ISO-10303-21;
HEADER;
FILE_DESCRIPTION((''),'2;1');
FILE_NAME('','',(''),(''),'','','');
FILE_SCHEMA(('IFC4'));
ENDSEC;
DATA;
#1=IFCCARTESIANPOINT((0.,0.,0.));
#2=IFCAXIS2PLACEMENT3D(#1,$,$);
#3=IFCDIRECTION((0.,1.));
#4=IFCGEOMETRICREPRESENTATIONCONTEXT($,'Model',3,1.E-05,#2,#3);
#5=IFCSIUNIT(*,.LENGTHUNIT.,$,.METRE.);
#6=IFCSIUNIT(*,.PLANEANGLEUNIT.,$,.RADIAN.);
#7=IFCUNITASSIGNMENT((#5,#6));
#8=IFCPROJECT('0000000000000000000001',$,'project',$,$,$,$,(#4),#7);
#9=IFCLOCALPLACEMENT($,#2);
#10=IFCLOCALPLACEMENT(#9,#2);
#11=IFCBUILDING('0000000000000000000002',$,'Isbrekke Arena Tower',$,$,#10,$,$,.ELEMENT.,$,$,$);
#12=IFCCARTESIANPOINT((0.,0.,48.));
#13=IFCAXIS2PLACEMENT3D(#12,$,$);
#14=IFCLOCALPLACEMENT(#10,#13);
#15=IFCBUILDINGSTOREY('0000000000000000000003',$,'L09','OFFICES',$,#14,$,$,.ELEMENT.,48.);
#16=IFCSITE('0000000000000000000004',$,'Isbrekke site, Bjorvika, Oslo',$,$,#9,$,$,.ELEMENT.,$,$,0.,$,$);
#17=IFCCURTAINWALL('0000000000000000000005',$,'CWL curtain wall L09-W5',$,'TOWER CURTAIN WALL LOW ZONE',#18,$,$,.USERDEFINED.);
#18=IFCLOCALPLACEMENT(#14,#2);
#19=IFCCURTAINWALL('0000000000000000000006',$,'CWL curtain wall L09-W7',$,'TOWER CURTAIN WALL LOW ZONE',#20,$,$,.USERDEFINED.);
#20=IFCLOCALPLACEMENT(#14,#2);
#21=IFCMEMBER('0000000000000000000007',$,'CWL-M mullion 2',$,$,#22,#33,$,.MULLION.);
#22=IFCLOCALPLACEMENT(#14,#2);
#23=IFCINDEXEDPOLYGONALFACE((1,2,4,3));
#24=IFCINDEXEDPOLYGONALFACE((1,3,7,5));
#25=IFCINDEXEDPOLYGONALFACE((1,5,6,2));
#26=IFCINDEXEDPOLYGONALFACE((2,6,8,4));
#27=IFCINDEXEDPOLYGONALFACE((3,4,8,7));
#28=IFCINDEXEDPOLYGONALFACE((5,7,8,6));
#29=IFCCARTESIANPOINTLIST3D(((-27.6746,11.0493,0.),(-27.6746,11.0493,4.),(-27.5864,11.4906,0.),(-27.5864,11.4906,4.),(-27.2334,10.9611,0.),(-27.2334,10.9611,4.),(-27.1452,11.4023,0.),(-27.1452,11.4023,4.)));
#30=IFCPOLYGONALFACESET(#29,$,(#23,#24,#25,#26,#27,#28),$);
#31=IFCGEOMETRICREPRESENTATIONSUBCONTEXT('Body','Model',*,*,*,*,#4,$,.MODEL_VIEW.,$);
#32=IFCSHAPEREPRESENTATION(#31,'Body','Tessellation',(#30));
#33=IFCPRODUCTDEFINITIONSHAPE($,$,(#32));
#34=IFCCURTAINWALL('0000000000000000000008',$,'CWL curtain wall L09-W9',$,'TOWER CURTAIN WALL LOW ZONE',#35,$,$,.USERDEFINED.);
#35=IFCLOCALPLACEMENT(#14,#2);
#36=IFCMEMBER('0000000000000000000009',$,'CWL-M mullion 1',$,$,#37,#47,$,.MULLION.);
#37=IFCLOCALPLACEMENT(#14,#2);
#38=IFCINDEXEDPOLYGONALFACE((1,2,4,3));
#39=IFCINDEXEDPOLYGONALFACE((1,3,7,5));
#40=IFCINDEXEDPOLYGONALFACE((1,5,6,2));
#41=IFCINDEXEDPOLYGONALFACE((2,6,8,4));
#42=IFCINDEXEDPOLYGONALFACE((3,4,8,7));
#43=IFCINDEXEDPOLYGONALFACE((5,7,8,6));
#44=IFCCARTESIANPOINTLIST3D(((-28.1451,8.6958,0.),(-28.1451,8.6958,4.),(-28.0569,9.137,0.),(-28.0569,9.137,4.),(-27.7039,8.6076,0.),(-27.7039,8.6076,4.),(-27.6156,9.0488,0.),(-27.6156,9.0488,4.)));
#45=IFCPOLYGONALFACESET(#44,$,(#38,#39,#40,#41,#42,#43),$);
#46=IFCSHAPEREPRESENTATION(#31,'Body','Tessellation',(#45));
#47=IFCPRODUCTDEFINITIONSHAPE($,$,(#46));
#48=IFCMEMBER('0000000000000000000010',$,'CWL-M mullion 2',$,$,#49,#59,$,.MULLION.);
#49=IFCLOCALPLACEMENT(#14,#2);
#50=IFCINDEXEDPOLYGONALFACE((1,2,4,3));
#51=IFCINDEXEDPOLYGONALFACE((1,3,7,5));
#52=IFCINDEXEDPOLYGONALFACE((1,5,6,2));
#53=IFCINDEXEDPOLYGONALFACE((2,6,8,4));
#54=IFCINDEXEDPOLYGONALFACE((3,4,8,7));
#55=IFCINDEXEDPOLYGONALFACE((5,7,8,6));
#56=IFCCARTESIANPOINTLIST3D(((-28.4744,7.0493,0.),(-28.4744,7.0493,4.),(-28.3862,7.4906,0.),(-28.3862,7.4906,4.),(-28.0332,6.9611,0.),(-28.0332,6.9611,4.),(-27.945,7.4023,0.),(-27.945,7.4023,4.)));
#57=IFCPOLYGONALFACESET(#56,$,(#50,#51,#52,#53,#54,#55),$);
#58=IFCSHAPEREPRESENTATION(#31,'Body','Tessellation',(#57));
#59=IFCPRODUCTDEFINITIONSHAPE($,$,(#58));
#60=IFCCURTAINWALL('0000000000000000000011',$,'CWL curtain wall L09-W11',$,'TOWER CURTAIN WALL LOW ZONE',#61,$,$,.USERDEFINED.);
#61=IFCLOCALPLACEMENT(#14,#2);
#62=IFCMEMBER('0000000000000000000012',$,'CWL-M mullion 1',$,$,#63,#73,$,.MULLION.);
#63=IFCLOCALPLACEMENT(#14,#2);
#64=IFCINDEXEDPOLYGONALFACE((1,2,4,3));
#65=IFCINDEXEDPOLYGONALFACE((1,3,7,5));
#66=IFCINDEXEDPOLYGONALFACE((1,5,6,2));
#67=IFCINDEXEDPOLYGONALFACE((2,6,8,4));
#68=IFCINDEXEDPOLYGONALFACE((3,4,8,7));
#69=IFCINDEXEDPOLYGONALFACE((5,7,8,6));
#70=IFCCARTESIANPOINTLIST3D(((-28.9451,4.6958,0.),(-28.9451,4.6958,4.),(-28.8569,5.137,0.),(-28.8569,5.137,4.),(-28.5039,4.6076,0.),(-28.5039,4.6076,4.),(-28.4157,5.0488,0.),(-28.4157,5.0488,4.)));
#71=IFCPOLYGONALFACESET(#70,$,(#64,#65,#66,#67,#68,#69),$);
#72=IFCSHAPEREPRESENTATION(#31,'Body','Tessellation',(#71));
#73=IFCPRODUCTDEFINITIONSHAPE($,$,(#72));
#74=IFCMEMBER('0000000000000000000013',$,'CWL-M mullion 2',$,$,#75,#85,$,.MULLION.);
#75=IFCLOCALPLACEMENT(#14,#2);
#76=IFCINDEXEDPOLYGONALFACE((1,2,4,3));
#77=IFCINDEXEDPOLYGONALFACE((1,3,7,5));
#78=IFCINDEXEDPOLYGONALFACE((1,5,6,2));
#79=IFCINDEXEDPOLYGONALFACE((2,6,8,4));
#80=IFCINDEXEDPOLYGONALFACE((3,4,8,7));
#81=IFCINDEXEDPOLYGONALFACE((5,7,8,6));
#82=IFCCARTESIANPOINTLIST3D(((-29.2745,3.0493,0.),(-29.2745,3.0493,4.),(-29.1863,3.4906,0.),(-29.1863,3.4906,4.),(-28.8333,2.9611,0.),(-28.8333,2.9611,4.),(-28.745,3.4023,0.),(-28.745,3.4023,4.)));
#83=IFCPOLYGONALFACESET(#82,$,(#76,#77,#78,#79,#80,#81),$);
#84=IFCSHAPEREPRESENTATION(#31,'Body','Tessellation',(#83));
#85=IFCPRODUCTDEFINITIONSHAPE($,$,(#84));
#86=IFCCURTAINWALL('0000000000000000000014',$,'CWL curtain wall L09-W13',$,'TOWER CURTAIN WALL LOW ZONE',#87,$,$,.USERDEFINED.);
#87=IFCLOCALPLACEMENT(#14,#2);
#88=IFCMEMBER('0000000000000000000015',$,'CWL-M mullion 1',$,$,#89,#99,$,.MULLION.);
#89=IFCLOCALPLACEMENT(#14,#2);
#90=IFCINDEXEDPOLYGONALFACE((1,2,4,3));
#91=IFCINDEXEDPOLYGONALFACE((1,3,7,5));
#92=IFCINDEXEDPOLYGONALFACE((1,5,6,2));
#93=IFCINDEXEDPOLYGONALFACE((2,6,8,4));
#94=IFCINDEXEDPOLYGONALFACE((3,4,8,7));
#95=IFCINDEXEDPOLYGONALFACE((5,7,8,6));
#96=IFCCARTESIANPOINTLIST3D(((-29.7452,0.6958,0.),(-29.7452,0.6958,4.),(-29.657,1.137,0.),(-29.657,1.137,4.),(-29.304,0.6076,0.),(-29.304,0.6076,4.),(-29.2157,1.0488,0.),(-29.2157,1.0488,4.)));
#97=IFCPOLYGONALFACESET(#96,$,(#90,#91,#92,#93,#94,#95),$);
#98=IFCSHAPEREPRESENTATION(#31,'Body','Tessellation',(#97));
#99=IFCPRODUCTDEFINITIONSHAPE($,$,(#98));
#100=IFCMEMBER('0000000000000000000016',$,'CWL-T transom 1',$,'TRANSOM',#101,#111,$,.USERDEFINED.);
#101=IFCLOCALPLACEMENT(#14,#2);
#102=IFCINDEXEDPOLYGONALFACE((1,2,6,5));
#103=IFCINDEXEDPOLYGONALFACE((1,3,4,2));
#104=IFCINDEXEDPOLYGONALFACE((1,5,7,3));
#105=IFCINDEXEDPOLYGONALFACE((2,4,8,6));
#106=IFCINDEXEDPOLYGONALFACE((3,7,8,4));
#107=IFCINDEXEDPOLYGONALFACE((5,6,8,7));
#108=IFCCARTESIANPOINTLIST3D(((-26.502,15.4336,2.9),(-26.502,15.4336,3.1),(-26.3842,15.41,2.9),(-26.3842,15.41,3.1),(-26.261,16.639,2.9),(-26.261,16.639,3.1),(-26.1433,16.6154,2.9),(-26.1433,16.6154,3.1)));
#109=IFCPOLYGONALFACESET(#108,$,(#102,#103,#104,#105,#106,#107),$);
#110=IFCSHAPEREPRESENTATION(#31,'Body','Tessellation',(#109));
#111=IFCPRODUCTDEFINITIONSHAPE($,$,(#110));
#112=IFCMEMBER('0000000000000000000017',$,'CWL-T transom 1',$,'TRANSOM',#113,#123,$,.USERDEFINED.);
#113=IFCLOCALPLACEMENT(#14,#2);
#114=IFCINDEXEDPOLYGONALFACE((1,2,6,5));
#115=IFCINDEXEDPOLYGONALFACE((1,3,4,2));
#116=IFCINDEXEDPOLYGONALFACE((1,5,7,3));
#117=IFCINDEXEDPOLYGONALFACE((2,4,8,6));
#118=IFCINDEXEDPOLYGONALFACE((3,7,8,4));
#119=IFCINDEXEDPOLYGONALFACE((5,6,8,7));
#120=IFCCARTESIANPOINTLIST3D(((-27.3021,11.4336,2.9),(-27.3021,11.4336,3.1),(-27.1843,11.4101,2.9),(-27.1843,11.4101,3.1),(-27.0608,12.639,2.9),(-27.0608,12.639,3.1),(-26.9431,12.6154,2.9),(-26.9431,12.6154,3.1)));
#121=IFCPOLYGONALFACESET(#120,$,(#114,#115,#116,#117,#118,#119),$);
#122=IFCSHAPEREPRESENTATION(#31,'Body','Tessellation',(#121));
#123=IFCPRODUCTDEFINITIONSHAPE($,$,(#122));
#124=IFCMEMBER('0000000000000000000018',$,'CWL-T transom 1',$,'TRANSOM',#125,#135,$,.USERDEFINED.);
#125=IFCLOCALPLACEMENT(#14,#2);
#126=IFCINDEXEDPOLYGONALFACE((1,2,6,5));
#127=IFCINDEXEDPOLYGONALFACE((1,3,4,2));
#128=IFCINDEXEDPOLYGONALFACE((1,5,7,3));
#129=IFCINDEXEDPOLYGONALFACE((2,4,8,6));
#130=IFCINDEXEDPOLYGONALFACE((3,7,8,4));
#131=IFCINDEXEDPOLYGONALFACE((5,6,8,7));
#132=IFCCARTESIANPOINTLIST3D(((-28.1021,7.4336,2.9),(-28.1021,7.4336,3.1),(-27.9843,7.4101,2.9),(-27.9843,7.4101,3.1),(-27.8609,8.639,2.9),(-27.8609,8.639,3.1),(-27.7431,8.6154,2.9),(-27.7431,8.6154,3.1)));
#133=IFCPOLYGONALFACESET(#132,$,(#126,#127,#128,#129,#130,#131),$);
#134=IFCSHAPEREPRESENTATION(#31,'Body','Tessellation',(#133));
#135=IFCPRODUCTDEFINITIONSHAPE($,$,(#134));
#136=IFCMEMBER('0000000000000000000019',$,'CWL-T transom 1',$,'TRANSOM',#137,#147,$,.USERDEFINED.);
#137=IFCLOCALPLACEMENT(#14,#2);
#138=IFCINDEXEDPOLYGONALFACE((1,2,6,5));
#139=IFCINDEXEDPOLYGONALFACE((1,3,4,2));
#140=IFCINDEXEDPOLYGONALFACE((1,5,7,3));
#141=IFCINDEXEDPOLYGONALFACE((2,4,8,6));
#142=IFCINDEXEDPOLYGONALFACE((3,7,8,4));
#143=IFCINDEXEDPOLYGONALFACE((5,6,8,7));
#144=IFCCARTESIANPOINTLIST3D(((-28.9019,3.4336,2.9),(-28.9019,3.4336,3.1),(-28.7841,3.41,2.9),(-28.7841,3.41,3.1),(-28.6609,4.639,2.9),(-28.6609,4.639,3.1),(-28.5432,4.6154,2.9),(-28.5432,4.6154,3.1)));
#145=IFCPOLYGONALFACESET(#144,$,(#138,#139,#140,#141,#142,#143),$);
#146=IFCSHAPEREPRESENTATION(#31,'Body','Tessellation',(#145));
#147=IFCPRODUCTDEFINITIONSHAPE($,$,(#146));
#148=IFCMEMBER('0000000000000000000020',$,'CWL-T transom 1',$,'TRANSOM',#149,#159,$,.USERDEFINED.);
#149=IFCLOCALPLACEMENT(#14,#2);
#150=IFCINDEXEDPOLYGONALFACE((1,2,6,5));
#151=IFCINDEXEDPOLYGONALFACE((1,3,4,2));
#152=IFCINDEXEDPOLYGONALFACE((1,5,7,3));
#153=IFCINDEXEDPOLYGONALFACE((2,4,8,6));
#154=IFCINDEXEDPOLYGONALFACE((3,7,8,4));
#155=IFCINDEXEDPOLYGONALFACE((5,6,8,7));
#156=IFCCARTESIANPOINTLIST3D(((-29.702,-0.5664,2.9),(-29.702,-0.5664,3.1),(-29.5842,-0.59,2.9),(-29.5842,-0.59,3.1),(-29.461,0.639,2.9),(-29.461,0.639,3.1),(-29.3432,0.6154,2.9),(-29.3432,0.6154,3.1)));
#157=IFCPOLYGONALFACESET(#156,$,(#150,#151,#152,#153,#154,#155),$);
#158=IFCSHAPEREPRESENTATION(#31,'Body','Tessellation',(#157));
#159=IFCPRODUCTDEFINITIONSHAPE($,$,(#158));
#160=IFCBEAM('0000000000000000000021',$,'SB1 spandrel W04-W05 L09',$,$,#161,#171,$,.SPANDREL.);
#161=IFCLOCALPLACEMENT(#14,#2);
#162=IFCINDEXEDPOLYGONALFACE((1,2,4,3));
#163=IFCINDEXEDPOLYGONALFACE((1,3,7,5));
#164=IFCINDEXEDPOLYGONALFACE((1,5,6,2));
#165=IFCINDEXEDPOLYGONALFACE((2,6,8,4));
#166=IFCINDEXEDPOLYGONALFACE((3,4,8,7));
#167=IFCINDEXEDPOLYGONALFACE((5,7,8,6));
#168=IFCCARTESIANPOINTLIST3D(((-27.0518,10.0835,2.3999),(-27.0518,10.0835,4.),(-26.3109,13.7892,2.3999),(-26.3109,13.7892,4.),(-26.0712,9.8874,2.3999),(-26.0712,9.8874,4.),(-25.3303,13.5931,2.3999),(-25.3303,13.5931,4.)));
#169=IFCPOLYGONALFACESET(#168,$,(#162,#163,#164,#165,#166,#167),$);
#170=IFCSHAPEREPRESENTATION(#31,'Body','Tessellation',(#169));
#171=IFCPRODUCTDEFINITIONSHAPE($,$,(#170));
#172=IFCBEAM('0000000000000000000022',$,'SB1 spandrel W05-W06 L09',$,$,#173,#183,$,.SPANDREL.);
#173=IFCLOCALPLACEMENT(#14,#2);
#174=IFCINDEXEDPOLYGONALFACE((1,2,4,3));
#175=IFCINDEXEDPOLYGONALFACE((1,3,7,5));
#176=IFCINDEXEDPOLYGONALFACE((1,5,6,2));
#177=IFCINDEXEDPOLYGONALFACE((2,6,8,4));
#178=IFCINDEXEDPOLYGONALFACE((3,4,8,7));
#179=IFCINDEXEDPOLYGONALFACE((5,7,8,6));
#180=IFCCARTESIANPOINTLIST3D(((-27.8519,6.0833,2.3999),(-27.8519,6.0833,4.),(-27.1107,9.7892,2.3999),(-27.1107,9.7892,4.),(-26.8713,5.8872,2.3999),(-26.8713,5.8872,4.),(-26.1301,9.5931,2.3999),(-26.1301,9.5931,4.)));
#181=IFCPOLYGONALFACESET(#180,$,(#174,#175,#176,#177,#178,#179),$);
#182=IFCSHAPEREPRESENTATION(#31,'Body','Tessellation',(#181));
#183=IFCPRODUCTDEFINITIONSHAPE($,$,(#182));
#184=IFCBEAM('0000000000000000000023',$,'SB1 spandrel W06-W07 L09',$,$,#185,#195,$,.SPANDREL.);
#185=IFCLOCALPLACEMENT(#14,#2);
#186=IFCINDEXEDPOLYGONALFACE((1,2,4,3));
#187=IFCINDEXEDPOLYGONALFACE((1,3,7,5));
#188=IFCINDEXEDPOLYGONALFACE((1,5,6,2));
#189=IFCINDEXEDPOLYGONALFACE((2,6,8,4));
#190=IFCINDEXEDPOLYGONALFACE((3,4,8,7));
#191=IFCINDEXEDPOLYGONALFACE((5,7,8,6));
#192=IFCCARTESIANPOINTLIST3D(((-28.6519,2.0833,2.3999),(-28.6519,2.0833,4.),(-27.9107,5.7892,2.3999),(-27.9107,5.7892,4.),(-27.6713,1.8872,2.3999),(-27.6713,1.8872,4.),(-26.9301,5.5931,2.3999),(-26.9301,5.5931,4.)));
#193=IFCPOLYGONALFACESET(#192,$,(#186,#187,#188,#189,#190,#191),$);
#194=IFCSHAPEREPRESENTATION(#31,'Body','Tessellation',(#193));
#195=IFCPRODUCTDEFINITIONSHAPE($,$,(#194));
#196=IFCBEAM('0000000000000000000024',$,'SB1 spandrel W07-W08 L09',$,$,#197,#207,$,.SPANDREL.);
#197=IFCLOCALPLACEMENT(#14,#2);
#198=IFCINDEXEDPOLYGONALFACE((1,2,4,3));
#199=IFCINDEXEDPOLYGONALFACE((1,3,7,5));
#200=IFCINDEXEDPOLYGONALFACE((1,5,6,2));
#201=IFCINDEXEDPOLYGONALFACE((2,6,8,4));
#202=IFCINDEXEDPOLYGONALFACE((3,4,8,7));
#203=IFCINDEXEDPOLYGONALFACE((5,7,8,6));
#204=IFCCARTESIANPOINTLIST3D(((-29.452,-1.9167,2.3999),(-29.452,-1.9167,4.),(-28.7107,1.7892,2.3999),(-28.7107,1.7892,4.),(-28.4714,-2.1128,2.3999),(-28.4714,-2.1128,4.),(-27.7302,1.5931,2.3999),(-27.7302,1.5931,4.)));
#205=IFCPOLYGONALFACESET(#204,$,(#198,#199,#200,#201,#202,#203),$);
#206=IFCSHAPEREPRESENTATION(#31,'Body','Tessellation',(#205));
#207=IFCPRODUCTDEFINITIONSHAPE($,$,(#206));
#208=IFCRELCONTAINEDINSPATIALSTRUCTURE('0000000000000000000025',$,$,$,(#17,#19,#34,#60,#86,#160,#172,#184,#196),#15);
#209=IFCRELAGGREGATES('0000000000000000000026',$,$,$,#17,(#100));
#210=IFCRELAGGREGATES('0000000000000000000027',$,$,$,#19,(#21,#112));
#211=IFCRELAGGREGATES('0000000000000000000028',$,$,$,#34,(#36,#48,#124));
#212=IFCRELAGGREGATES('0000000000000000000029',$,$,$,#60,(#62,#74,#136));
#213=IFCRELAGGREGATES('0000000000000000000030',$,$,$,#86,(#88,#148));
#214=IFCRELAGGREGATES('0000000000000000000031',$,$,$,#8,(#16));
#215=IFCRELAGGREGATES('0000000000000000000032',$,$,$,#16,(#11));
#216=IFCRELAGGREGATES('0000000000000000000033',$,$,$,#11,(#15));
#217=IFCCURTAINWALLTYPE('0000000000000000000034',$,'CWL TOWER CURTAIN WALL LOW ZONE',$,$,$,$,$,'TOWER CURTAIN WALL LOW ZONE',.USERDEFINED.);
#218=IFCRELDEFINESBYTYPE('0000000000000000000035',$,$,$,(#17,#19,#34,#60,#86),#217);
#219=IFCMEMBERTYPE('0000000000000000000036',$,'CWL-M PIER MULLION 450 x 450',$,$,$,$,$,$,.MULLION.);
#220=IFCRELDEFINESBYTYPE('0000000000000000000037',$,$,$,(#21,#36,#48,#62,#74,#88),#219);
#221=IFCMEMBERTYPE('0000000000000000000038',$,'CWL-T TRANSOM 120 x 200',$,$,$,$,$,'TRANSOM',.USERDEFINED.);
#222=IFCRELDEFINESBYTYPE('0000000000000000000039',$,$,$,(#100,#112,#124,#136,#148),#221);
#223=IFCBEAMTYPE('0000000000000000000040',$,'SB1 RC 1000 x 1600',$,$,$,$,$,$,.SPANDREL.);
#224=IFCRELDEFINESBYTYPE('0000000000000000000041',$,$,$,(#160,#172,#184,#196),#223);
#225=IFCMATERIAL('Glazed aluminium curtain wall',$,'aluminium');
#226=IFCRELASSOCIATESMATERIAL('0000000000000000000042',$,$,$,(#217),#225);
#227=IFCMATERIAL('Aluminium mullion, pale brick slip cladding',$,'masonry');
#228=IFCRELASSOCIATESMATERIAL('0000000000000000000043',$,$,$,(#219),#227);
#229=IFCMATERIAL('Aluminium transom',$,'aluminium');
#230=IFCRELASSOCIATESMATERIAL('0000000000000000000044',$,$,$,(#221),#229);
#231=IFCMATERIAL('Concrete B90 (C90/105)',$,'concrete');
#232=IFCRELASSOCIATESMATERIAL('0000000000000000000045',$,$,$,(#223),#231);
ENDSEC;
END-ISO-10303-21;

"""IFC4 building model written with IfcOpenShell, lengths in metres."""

from ifc_helpers import new_model, si_unit, direction, frame, origin, origin_2d, place, context, subcontext, project, spatial, rectangle, extrude, material, material_profile, profile_set, type_object, element, aggregate, save


model = new_model("IFC4")

# Units and contexts
model_context = context("Model", 3, precision=1e-05, world=origin(), true_north=direction((0.0, 1.0)))
body_context = subcontext(model_context, "Body", "Model", "MODEL_VIEW")
ifc_project = project(units=[si_unit("LENGTHUNIT", "METRE"), si_unit("PLANEANGLEUNIT", "RADIAN")], contexts=[model_context])

# Site, building, storey
site_placement = place(None, origin())
site = spatial("IfcSite", under=ifc_project, at=site_placement, Name="Isbrekke site, Bjorvika, Oslo", CompositionType="ELEMENT", RefElevation=0.0)
building_placement = place(site_placement, origin())
building = spatial("IfcBuilding", under=site, at=building_placement, Name="Isbrekke Arena Tower", CompositionType="ELEMENT")
storey_placement = place(building_placement, frame((0.0, 0.0, 48.0)))
storey = spatial("IfcBuildingStorey", under=building, at=storey_placement, Name="L09", Description="OFFICES", CompositionType="ELEMENT", Elevation=48.0)

# Curtain walls, members
ifc_material_1 = material(Name="Glazed aluminium curtain wall", Category="aluminium")
curtain_wall_type = type_object("IfcCurtainWallType", Name="CWL TOWER CURTAIN WALL LOW ZONE", ElementType="TOWER CURTAIN WALL LOW ZONE", PredefinedType="USERDEFINED", material=ifc_material_1)
curtain_wall_1_placement = place(storey_placement, origin())
curtain_wall_1 = element("IfcCurtainWall", 1, at=curtain_wall_1_placement, inside=storey, type_object=curtain_wall_type, Name="CWL curtain wall L09-W5", ObjectType="TOWER CURTAIN WALL LOW ZONE", PredefinedType="USERDEFINED")
ifc_material_2 = material(Name="Aluminium mullion, pale brick slip cladding", Category="masonry")
ifc_material_profile_1 = material_profile(ifc_material_2, rectangle(XDim=0.45, YDim=0.45, at=origin_2d()), Name="PIER 450X450")
ifc_profile_set_1 = profile_set([ifc_material_profile_1], Name="Aluminium mullion, pale brick slip cladding")
member_type_1 = type_object("IfcMemberType", Name="CWL-M PIER MULLION 450 x 450", PredefinedType="MULLION", material=ifc_profile_set_1)
curtain_wall_2_placement = place(storey_placement, origin())
curtain_wall_2 = element("IfcCurtainWall", 2, at=curtain_wall_2_placement, inside=storey, type_object=curtain_wall_type, Name="CWL curtain wall L09-W7", ObjectType="TOWER CURTAIN WALL LOW ZONE", PredefinedType="USERDEFINED")
member_1_placement = place(storey_placement, frame((-27.4099, 11.2258, 0.0), z_axis=(0.0, 0.0, 1.0), x_axis=(-0.196116, -0.980581, 0.0)))
member_1 = element("IfcMember", 3, at=member_1_placement, type_object=member_type_1, Name="CWL-M mullion 2", PredefinedType="MULLION", context=body_context, shape_type="SweptSolid", body=[
    extrude(rectangle(XDim=0.45, YDim=0.45, at=origin_2d()), origin(), (0.0, 0.0, 1.0), 4.0),
])
curtain_wall_3_placement = place(storey_placement, origin())
curtain_wall_3 = element("IfcCurtainWall", 4, at=curtain_wall_3_placement, inside=storey, type_object=curtain_wall_type, Name="CWL curtain wall L09-W9", ObjectType="TOWER CURTAIN WALL LOW ZONE", PredefinedType="USERDEFINED")
member_2_placement = place(storey_placement, frame((-27.8804, 8.8723, 0.0), z_axis=(0.0, 0.0, 1.0), x_axis=(-0.196116, -0.980581, 0.0)))
member_2 = element("IfcMember", 5, at=member_2_placement, type_object=member_type_1, Name="CWL-M mullion 1", PredefinedType="MULLION", context=body_context, shape_type="SweptSolid", body=[
    extrude(rectangle(XDim=0.45, YDim=0.45, at=origin_2d()), origin(), (0.0, 0.0, 1.0), 4.0),
])
member_3_placement = place(storey_placement, frame((-28.2097, 7.2258, 0.0), z_axis=(0.0, 0.0, 1.0), x_axis=(-0.196116, -0.980581, 0.0)))
member_3 = element("IfcMember", 6, at=member_3_placement, type_object=member_type_1, Name="CWL-M mullion 2", PredefinedType="MULLION", context=body_context, shape_type="SweptSolid", body=[
    extrude(rectangle(XDim=0.45, YDim=0.45, at=origin_2d()), origin(), (0.0, 0.0, 1.0), 4.0),
])
curtain_wall_4_placement = place(storey_placement, origin())
curtain_wall_4 = element("IfcCurtainWall", 7, at=curtain_wall_4_placement, inside=storey, type_object=curtain_wall_type, Name="CWL curtain wall L09-W11", ObjectType="TOWER CURTAIN WALL LOW ZONE", PredefinedType="USERDEFINED")
member_4_placement = place(storey_placement, frame((-28.6804, 4.8723, 0.0), z_axis=(0.0, 0.0, 1.0), x_axis=(-0.196116, -0.980581, 0.0)))
member_4 = element("IfcMember", 8, at=member_4_placement, type_object=member_type_1, Name="CWL-M mullion 1", PredefinedType="MULLION", context=body_context, shape_type="SweptSolid", body=[
    extrude(rectangle(XDim=0.45, YDim=0.45, at=origin_2d()), origin(), (0.0, 0.0, 1.0), 4.0),
])
member_5_placement = place(storey_placement, frame((-29.0098, 3.2258, 0.0), z_axis=(0.0, 0.0, 1.0), x_axis=(-0.196116, -0.980581, 0.0)))
member_5 = element("IfcMember", 9, at=member_5_placement, type_object=member_type_1, Name="CWL-M mullion 2", PredefinedType="MULLION", context=body_context, shape_type="SweptSolid", body=[
    extrude(rectangle(XDim=0.45, YDim=0.45, at=origin_2d()), origin(), (0.0, 0.0, 1.0), 4.0),
])

# Curtain wall, member
curtain_wall_5_placement = place(storey_placement, origin())
curtain_wall_5 = element("IfcCurtainWall", 10, at=curtain_wall_5_placement, inside=storey, type_object=curtain_wall_type, Name="CWL curtain wall L09-W13", ObjectType="TOWER CURTAIN WALL LOW ZONE", PredefinedType="USERDEFINED")
member_6_placement = place(storey_placement, frame((-29.4805, 0.8723, 0.0), z_axis=(0.0, 0.0, 1.0), x_axis=(-0.196116, -0.980581, 0.0)))
member_6 = element("IfcMember", 11, at=member_6_placement, type_object=member_type_1, Name="CWL-M mullion 1", PredefinedType="MULLION", context=body_context, shape_type="SweptSolid", body=[
    extrude(rectangle(XDim=0.45, YDim=0.45, at=origin_2d()), origin(), (0.0, 0.0, 1.0), 4.0),
])

# Members
ifc_material_3 = material(Name="Aluminium transom", Category="aluminium")
ifc_material_profile_2 = material_profile(ifc_material_3, rectangle(XDim=0.1201, YDim=0.2, at=origin_2d()), Name="TRANSOM 120X200")
ifc_profile_set_2 = profile_set([ifc_material_profile_2], Name="Aluminium transom")
member_type_2 = type_object("IfcMemberType", Name="CWL-T TRANSOM 120 x 200", ElementType="TRANSOM", PredefinedType="USERDEFINED", material=ifc_profile_set_2)
member_7_placement = place(storey_placement, frame((-26.2021, 16.6272, 3.0), z_axis=(-0.19604, -0.980596, 0.0), x_axis=(0.980596, -0.19604, 0.0)))
member_7 = element("IfcMember", 12, at=member_7_placement, type_object=member_type_2, Name="CWL-T transom 1", ObjectType="TRANSOM", PredefinedType="USERDEFINED", context=body_context, shape_type="SweptSolid", body=[
    extrude(rectangle(XDim=0.1201, YDim=0.2, at=origin_2d()), origin(), (0.0, 0.0, 1.0), 1.2292),
])
member_8_placement = place(storey_placement, frame((-27.002, 12.6272, 3.0), z_axis=(-0.196231, -0.980558, 0.0), x_axis=(0.980558, -0.196231, 0.0)))
member_8 = element("IfcMember", 13, at=member_8_placement, type_object=member_type_2, Name="CWL-T transom 1", ObjectType="TRANSOM", PredefinedType="USERDEFINED", context=body_context, shape_type="SweptSolid", body=[
    extrude(rectangle(XDim=0.1201, YDim=0.2, at=origin_2d()), origin(), (0.0, 0.0, 1.0), 1.2292),
])
member_9_placement = place(storey_placement, frame((-27.802, 8.6272, 3.0), z_axis=(-0.196231, -0.980558, 0.0), x_axis=(0.980558, -0.196231, 0.0)))
member_9 = element("IfcMember", 14, at=member_9_placement, type_object=member_type_2, Name="CWL-T transom 1", ObjectType="TRANSOM", PredefinedType="USERDEFINED", context=body_context, shape_type="SweptSolid", body=[
    extrude(rectangle(XDim=0.1201, YDim=0.2, at=origin_2d()), origin(), (0.0, 0.0, 1.0), 1.2292),
])
member_10_placement = place(storey_placement, frame((-28.6021, 4.6272, 3.0), z_axis=(-0.19604, -0.980596, 0.0), x_axis=(0.980596, -0.19604, 0.0)))
member_10 = element("IfcMember", 15, at=member_10_placement, type_object=member_type_2, Name="CWL-T transom 1", ObjectType="TRANSOM", PredefinedType="USERDEFINED", context=body_context, shape_type="SweptSolid", body=[
    extrude(rectangle(XDim=0.1201, YDim=0.2, at=origin_2d()), origin(), (0.0, 0.0, 1.0), 1.2292),
])
member_11_placement = place(storey_placement, frame((-29.4021, 0.6272, 3.0), z_axis=(-0.19604, -0.980596, 0.0), x_axis=(0.980596, -0.19604, 0.0)))
member_11 = element("IfcMember", 16, at=member_11_placement, type_object=member_type_2, Name="CWL-T transom 1", ObjectType="TRANSOM", PredefinedType="USERDEFINED", context=body_context, shape_type="SweptSolid", body=[
    extrude(rectangle(XDim=0.1201, YDim=0.2, at=origin_2d()), origin(), (0.0, 0.0, 1.0), 1.2292),
])

# Beams
ifc_material_4 = material(Name="Concrete B90 (C90/105)", Category="concrete")
ifc_material_profile_3 = material_profile(ifc_material_4, rectangle(XDim=1.0, YDim=1.6001, at=origin_2d()), Name="RC 1000x1600")
ifc_profile_set_3 = profile_set([ifc_material_profile_3], Name="Concrete B90 (C90/105)")
beam_type_1 = type_object("IfcBeamType", Name="SB1 RC 1000 x 1600", PredefinedType="SPANDREL", material=ifc_profile_set_3)
beam_1_placement = place(storey_placement, frame((-25.8206, 13.6912, 3.2), z_axis=(-0.196066, -0.980591, 0.0), x_axis=(0.980591, -0.196066, 0.0)))
element("IfcBeam", 17, at=beam_1_placement, inside=storey, type_object=beam_type_1, Name="SB1 spandrel W04-W05 L09", PredefinedType="SPANDREL", context=body_context, shape_type="SweptSolid", body=[
    extrude(rectangle(XDim=1.0, YDim=1.6001, at=origin_2d()), origin(), (0.0, 0.0, 1.0), 3.7791),
])
for number, where, z_axis, x_axis, name in (
    (18, (-26.6204, 9.6912, 3.2), (-0.196129, -0.980578, 0.0), (0.980578, -0.196129, 0.0), "SB1 spandrel W05-W06 L09"),
    (19, (-27.4204, 5.6912, 3.2), (-0.196129, -0.980578, 0.0), (0.980578, -0.196129, 0.0), "SB1 spandrel W06-W07 L09"),
    (20, (-28.2205, 1.6912, 3.2), (-0.196129, -0.980578, 0.0), (0.980578, -0.196129, 0.0), "SB1 spandrel W07-W08 L09"),
):
    element("IfcBeam", number, at=place(storey_placement, frame(where, z_axis=z_axis, x_axis=x_axis)), inside=storey, type_object=beam_type_1, Name=name, PredefinedType="SPANDREL", context=body_context, shape_type="SweptSolid", body=[
        extrude(rectangle(XDim=1.0, YDim=1.6001, at=origin_2d()), origin(), (0.0, 0.0, 1.0), 3.7793),
    ])

aggregate(curtain_wall_1, [member_7])
aggregate(curtain_wall_2, [member_1, member_8])
aggregate(curtain_wall_3, [member_2, member_3, member_9])
aggregate(curtain_wall_4, [member_4, member_5, member_10])
aggregate(curtain_wall_5, [member_6, member_11])

save(model, "model.ifc")
